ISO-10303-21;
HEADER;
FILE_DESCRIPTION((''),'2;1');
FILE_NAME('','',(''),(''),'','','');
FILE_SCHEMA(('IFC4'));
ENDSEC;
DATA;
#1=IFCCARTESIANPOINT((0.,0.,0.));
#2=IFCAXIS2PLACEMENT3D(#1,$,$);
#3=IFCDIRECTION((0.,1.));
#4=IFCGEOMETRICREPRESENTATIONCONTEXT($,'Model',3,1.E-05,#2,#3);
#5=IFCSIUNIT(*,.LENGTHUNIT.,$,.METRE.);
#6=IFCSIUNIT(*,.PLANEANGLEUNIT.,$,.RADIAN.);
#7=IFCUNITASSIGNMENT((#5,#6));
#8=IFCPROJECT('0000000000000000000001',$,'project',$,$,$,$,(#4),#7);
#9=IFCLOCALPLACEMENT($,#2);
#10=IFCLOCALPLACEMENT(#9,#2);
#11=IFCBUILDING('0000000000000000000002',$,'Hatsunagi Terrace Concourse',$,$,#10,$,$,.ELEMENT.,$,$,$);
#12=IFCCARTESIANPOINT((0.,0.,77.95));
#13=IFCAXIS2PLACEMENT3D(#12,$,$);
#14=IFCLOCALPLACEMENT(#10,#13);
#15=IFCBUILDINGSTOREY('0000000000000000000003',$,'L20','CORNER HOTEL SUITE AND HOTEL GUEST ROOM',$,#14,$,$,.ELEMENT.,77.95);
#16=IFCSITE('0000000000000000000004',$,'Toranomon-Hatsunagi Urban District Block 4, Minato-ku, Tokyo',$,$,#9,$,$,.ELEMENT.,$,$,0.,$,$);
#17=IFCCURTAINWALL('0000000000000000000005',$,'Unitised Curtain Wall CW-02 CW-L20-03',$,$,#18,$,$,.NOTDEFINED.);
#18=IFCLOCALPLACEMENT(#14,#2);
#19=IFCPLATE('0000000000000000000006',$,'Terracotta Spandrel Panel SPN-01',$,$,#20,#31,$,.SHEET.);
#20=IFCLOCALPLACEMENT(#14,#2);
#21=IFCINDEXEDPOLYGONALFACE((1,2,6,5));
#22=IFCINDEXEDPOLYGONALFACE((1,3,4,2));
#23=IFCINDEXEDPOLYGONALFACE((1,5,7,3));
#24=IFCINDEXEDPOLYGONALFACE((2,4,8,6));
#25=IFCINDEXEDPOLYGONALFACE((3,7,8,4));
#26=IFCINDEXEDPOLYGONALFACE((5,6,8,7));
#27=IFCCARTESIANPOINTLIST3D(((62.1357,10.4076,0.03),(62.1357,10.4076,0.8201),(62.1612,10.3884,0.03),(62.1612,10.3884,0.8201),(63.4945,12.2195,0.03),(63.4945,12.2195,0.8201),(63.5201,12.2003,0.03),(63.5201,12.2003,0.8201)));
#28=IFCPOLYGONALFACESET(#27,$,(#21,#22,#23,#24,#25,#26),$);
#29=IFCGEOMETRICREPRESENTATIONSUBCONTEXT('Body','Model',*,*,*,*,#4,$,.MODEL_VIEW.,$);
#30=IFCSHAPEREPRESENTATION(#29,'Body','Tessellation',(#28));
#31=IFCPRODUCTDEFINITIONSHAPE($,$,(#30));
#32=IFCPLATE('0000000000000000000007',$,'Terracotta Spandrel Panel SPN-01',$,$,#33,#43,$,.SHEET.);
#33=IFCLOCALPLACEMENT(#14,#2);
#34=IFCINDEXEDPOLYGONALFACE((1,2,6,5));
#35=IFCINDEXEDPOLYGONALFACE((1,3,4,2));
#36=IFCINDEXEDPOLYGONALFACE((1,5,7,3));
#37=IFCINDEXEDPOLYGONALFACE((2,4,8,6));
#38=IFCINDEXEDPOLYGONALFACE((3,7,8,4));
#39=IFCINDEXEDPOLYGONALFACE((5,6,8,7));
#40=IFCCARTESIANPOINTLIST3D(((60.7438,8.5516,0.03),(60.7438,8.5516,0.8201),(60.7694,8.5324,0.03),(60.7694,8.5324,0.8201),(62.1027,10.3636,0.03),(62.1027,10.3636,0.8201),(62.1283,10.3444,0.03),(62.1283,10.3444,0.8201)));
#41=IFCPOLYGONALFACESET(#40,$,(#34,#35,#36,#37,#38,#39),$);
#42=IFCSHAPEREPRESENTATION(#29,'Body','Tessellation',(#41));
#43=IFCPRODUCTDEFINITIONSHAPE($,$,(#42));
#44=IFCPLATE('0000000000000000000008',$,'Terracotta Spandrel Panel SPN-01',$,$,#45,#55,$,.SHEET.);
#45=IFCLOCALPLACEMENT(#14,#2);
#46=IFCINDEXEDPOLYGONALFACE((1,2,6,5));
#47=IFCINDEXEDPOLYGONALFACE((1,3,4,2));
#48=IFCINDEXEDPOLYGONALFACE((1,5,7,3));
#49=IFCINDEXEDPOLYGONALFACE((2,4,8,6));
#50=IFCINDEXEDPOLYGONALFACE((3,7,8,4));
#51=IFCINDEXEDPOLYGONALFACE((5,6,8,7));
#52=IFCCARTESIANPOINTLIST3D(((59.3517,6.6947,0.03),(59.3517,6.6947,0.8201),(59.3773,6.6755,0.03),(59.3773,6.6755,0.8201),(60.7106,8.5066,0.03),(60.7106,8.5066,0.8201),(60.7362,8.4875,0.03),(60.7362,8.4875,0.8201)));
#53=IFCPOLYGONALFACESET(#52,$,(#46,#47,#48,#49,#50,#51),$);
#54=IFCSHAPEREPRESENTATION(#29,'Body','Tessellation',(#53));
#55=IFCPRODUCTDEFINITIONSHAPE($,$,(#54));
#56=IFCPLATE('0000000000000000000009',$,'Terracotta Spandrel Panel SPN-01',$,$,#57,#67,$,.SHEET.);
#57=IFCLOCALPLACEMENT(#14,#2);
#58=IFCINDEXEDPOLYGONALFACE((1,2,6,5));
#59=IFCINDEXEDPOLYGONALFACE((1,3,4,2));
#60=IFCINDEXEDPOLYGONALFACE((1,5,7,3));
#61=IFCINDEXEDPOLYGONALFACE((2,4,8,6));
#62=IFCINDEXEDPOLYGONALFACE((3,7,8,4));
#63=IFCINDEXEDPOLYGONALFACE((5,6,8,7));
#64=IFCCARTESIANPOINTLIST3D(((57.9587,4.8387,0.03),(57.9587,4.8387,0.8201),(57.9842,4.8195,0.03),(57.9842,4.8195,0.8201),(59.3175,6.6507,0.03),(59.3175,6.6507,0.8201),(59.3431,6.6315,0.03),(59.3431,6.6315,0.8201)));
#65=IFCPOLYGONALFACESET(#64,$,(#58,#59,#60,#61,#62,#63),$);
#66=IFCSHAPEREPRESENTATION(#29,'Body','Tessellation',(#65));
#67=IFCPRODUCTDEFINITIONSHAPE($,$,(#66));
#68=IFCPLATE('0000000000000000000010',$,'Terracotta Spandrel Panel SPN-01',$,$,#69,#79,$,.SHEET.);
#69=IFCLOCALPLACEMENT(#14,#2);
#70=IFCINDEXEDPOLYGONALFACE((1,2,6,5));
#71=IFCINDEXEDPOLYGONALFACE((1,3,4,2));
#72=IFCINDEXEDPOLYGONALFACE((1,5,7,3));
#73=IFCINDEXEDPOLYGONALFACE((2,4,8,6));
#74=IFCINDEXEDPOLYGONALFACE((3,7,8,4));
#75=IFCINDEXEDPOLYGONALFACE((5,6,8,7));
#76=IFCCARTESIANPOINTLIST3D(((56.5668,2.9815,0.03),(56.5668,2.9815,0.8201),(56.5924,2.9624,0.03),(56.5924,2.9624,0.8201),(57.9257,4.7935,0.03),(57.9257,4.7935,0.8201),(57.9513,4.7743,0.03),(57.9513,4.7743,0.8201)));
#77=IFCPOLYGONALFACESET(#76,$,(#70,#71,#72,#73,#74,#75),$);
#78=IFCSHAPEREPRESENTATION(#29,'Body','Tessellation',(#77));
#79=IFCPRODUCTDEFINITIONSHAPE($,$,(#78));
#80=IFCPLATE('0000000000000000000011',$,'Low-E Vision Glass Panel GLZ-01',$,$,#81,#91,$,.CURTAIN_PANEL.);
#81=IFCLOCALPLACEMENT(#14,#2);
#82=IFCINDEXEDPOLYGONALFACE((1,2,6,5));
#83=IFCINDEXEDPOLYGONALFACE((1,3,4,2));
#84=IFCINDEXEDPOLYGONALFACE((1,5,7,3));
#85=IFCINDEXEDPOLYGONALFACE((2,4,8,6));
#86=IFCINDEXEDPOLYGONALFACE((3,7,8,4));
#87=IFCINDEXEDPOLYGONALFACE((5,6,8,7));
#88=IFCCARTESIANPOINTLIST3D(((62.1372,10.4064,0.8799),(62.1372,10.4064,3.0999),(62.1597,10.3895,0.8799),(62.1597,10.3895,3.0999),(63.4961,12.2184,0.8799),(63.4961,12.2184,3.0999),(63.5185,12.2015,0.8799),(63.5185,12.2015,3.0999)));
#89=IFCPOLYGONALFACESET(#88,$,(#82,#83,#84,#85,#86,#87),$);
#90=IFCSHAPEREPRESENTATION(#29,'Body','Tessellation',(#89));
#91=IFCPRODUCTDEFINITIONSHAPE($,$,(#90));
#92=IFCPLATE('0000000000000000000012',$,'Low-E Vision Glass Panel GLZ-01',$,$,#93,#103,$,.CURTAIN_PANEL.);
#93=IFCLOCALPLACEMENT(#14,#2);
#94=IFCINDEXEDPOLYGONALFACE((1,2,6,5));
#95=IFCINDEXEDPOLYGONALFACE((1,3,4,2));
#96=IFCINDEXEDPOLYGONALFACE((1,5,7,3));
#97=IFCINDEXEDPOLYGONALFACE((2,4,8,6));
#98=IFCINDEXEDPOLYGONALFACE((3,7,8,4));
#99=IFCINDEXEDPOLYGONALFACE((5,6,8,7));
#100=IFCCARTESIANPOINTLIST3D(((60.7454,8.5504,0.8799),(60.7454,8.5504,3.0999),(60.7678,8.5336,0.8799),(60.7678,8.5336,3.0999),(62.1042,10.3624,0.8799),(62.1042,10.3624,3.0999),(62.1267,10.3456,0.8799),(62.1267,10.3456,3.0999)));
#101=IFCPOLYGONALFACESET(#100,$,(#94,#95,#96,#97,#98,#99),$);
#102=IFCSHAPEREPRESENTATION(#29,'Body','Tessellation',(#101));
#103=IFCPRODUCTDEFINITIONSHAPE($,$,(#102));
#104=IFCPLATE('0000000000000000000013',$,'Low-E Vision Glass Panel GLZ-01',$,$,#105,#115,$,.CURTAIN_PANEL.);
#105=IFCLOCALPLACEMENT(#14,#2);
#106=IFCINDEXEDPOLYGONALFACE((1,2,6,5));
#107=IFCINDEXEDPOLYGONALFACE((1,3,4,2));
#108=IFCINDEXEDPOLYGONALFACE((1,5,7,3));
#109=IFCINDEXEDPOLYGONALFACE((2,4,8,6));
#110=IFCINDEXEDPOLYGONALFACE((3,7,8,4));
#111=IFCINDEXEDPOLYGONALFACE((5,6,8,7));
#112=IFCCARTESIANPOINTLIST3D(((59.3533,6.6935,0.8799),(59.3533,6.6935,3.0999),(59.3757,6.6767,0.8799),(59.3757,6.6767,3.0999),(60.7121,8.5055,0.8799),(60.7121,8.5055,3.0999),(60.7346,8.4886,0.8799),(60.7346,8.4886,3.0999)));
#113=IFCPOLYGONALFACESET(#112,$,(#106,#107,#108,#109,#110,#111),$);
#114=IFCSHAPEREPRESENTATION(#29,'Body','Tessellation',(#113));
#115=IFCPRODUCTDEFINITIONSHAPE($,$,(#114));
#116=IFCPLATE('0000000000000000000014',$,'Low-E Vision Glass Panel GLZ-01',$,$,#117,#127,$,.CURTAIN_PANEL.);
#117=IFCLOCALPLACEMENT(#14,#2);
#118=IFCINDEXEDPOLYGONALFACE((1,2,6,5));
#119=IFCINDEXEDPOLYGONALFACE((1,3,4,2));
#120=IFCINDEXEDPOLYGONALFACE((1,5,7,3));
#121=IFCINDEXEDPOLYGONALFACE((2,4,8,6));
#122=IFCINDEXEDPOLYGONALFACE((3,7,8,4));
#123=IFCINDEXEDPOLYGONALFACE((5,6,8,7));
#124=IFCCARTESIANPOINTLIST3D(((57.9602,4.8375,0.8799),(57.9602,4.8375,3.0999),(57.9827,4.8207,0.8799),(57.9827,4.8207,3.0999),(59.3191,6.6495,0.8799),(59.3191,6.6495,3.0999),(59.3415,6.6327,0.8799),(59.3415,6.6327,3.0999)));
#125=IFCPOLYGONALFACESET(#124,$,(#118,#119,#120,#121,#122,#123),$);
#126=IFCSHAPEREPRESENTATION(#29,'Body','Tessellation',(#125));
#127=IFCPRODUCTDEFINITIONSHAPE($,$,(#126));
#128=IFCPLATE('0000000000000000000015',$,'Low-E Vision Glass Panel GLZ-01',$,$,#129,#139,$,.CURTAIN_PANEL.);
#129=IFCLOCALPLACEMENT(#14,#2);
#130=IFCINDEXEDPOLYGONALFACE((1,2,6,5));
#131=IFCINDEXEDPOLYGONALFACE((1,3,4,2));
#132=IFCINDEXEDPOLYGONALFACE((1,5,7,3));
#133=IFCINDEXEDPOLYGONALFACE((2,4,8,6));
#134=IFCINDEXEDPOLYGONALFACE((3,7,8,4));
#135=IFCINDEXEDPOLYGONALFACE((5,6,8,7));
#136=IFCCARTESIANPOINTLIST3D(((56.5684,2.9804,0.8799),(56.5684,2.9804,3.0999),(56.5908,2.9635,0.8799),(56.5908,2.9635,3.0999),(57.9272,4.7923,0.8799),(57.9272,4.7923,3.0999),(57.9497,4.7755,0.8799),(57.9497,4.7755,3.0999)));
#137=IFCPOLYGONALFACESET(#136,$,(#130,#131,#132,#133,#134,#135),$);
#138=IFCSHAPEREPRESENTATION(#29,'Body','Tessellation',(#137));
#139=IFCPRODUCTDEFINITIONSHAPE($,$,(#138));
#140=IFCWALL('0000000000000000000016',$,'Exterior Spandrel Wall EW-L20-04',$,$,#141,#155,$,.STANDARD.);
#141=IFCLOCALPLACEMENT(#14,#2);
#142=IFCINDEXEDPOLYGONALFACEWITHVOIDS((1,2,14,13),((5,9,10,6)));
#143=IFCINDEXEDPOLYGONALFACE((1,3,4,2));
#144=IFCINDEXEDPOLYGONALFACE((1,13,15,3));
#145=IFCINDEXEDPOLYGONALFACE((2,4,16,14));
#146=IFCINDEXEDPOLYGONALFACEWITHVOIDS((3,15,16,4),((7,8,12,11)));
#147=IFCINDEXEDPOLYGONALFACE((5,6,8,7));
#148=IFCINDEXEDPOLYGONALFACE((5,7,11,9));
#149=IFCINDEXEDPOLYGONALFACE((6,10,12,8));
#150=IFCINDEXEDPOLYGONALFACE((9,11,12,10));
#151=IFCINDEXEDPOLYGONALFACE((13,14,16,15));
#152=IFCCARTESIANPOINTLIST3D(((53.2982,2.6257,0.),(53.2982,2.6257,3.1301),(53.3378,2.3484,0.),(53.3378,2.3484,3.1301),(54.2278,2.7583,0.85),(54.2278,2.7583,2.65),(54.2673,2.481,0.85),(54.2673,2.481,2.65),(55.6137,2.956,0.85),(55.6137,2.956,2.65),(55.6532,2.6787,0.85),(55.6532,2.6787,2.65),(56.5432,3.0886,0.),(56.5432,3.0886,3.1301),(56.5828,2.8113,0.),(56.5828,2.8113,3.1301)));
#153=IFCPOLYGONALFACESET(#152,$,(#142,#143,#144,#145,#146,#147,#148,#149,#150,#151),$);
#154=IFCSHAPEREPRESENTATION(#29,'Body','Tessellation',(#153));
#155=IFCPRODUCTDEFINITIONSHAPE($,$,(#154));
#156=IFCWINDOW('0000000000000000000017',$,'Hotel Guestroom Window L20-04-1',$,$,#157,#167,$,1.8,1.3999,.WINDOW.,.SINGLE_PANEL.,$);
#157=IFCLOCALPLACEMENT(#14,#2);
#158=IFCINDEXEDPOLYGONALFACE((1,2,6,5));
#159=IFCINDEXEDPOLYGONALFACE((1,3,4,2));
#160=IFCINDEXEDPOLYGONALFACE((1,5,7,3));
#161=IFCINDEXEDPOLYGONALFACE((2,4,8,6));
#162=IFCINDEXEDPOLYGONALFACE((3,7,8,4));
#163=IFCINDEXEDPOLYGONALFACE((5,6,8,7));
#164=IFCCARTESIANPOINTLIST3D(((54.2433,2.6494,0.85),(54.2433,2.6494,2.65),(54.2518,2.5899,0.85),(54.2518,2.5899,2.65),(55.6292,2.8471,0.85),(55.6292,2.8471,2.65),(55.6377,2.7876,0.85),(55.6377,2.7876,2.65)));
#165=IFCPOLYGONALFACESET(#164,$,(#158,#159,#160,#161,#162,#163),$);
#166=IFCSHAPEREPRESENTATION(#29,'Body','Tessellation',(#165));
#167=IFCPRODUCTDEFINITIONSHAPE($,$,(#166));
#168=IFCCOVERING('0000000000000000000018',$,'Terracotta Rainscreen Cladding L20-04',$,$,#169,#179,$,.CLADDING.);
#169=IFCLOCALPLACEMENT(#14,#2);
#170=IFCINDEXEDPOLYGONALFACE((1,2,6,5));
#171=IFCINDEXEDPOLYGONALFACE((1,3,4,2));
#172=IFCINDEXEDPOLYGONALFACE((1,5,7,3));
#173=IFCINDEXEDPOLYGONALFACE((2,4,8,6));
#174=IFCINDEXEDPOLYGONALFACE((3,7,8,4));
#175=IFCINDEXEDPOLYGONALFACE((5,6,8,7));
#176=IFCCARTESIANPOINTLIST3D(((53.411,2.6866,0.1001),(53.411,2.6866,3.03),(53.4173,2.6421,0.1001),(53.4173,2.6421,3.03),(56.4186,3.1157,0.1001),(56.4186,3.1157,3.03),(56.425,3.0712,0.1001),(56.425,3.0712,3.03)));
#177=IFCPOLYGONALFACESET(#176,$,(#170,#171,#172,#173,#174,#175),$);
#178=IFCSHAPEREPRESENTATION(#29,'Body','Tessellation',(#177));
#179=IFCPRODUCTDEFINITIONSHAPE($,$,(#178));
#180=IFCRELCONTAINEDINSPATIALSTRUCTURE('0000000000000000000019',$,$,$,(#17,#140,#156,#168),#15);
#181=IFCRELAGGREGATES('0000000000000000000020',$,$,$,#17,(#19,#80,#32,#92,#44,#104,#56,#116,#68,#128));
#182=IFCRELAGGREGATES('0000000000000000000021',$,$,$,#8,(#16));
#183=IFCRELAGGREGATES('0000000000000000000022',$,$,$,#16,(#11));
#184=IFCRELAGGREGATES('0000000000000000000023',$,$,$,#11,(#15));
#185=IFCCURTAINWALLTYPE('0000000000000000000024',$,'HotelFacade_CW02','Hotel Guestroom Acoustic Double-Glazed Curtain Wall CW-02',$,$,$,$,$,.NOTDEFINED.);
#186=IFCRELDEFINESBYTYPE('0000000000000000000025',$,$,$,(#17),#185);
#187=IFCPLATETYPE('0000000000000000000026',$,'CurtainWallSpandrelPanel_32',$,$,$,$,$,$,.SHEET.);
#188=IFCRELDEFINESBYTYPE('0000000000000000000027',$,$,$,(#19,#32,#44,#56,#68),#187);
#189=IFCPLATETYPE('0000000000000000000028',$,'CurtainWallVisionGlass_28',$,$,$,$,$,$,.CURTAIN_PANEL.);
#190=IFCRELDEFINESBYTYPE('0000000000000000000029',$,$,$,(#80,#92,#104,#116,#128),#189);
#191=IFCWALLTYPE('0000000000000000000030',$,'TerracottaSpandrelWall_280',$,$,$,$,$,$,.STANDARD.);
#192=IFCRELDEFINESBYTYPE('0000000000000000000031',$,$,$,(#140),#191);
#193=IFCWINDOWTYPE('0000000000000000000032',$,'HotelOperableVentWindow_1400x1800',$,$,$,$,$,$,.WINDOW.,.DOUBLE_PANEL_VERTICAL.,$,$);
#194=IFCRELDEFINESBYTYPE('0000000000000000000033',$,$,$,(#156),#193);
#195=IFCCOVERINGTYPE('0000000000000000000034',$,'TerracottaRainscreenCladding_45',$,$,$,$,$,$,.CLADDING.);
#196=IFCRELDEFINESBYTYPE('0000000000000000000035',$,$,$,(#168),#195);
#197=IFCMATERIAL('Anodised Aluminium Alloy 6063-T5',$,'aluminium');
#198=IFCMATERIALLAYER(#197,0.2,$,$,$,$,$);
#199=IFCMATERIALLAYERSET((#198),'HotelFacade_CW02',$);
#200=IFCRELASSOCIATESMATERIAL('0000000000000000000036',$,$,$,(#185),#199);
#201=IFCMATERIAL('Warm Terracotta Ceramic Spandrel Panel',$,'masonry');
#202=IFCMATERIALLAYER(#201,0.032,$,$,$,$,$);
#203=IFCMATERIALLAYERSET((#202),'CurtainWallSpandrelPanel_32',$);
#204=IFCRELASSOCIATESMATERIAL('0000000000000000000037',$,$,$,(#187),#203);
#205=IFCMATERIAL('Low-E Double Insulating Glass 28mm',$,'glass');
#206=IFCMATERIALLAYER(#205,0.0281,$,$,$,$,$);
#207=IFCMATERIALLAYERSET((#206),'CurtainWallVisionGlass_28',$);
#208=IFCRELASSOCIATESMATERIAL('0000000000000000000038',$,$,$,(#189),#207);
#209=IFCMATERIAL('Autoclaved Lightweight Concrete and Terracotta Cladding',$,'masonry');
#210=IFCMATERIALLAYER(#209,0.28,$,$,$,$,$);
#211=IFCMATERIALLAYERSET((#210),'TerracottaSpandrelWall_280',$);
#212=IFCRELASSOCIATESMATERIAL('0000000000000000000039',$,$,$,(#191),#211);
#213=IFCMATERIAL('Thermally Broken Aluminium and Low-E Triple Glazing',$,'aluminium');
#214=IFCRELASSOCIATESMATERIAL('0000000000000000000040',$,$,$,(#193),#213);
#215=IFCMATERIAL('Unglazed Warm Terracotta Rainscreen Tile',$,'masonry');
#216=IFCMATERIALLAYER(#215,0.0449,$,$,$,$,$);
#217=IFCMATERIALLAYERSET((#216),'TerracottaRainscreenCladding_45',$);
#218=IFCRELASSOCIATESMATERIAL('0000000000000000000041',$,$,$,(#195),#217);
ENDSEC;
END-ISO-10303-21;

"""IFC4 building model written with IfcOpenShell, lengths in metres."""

from ifc_helpers import new_model, si_unit, direction, frame, frame_2d, origin, origin_2d, place, context, subcontext, project, spatial, rectangle, extrude, material, layer, layer_set, type_object, element, fill, aggregate, save


model = new_model("IFC4")

# Units and contexts
model_context = context("Model", 3, precision=1e-05, world=origin(), true_north=direction((0.0, 1.0)))
body_context = subcontext(model_context, "Body", "Model", "MODEL_VIEW")
ifc_project = project(units=[si_unit("LENGTHUNIT", "METRE"), si_unit("PLANEANGLEUNIT", "RADIAN")], contexts=[model_context])

# Site, building, storey
site_placement = place(None, origin())
site = spatial("IfcSite", under=ifc_project, at=site_placement, Name="Toranomon-Hatsunagi Urban District Block 4, Minato-ku, Tokyo", CompositionType="ELEMENT", RefElevation=0.0)
building_placement = place(site_placement, origin())
building = spatial("IfcBuilding", under=site, at=building_placement, Name="Hatsunagi Terrace Concourse", CompositionType="ELEMENT")
storey_placement = place(building_placement, frame((0.0, 0.0, 77.95)))
storey = spatial("IfcBuildingStorey", under=building, at=storey_placement, Name="L20", Description="CORNER HOTEL SUITE AND HOTEL GUEST ROOM", CompositionType="ELEMENT", Elevation=77.95)

# Curtain wall
ifc_material_1 = material(Name="Anodised Aluminium Alloy 6063-T5", Category="aluminium")
ifc_layer_1 = layer(ifc_material_1, 0.2)
ifc_layer_set_1 = layer_set([ifc_layer_1], Name="HotelFacade_CW02")
curtain_wall_type = type_object("IfcCurtainWallType", Name="HotelFacade_CW02", Description="Hotel Guestroom Acoustic Double-Glazed Curtain Wall CW-02", PredefinedType="NOTDEFINED", material=ifc_layer_set_1)
curtain_wall_placement = place(storey_placement, origin())
curtain_wall = element("IfcCurtainWall", 1, at=curtain_wall_placement, inside=storey, type_object=curtain_wall_type, Name="Unitised Curtain Wall CW-02 CW-L20-03", PredefinedType="NOTDEFINED")

# Plates
ifc_material_2 = material(Name="Warm Terracotta Ceramic Spandrel Panel", Category="masonry")
ifc_layer_2 = layer(ifc_material_2, 0.032)
ifc_layer_set_2 = layer_set([ifc_layer_2], Name="CurtainWallSpandrelPanel_32")
plate_type_1 = type_object("IfcPlateType", Name="CurtainWallSpandrelPanel_32", PredefinedType="SHEET", material=ifc_layer_set_2)
plate_1_placement = place(storey_placement, frame((62.8279, 11.304, 0.03), z_axis=(0.0, 0.0, 1.0), x_axis=(-0.599969, -0.800023, 0.0)))
plate_1 = element("IfcPlate", 2, at=plate_1_placement, type_object=plate_type_1, Name="Terracotta Spandrel Panel SPN-01", PredefinedType="SHEET", context=body_context, shape_type="SweptSolid", body=[
    extrude(rectangle(XDim=2.2649, YDim=0.032, at=origin_2d()), origin(), (0.0, 0.0, 1.0), 0.79),
])
plate_2_placement = place(storey_placement, frame((61.436, 9.448, 0.03), z_axis=(0.0, 0.0, 1.0), x_axis=(-0.599969, -0.800023, 0.0)))
plate_2 = element("IfcPlate", 3, at=plate_2_placement, type_object=plate_type_1, Name="Terracotta Spandrel Panel SPN-01", PredefinedType="SHEET", context=body_context, shape_type="SweptSolid", body=[
    extrude(rectangle(XDim=2.2649, YDim=0.032, at=origin_2d()), origin(), (0.0, 0.0, 1.0), 0.79),
])
plate_3_placement = place(storey_placement, frame((60.0439, 7.5911, 0.03), z_axis=(0.0, 0.0, 1.0), x_axis=(-0.599969, -0.800023, 0.0)))
plate_3 = element("IfcPlate", 4, at=plate_3_placement, type_object=plate_type_1, Name="Terracotta Spandrel Panel SPN-01", PredefinedType="SHEET", context=body_context, shape_type="SweptSolid", body=[
    extrude(rectangle(XDim=2.2649, YDim=0.032, at=origin_2d()), origin(), (0.0, 0.0, 1.0), 0.79),
])
plate_4_placement = place(storey_placement, frame((58.6509, 5.7351, 0.03), z_axis=(0.0, 0.0, 1.0), x_axis=(-0.599969, -0.800023, 0.0)))
plate_4 = element("IfcPlate", 5, at=plate_4_placement, type_object=plate_type_1, Name="Terracotta Spandrel Panel SPN-01", PredefinedType="SHEET", context=body_context, shape_type="SweptSolid", body=[
    extrude(rectangle(XDim=2.2649, YDim=0.032, at=origin_2d()), origin(), (0.0, 0.0, 1.0), 0.79),
])
plate_5_placement = place(storey_placement, frame((57.259, 3.8779, 0.03), z_axis=(0.0, 0.0, 1.0), x_axis=(-0.599969, -0.800023, 0.0)))
plate_5 = element("IfcPlate", 6, at=plate_5_placement, type_object=plate_type_1, Name="Terracotta Spandrel Panel SPN-01", PredefinedType="SHEET", context=body_context, shape_type="SweptSolid", body=[
    extrude(rectangle(XDim=2.2649, YDim=0.032, at=origin_2d()), origin(), (0.0, 0.0, 1.0), 0.79),
])
ifc_material_3 = material(Name="Low-E Double Insulating Glass 28mm", Category="glass")
ifc_layer_3 = layer(ifc_material_3, 0.0281)
ifc_layer_set_3 = layer_set([ifc_layer_3], Name="CurtainWallVisionGlass_28")
plate_type_2 = type_object("IfcPlateType", Name="CurtainWallVisionGlass_28", PredefinedType="CURTAIN_PANEL", material=ifc_layer_set_3)
plate_6_placement = place(storey_placement, frame((62.8279, 11.304, 0.8799), z_axis=(0.0, 0.0, 1.0), x_axis=(-0.599969, -0.800023, 0.0)))
plate_6 = element("IfcPlate", 7, at=plate_6_placement, type_object=plate_type_2, Name="Low-E Vision Glass Panel GLZ-01", PredefinedType="CURTAIN_PANEL", context=body_context, shape_type="SweptSolid", body=[
    extrude(rectangle(XDim=2.2649, YDim=0.0281, at=origin_2d()), origin(), (0.0, 0.0, 1.0), 2.22),
])
plate_7_placement = place(storey_placement, frame((61.436, 9.448, 0.8799), z_axis=(0.0, 0.0, 1.0), x_axis=(-0.599969, -0.800023, 0.0)))
plate_7 = element("IfcPlate", 8, at=plate_7_placement, type_object=plate_type_2, Name="Low-E Vision Glass Panel GLZ-01", PredefinedType="CURTAIN_PANEL", context=body_context, shape_type="SweptSolid", body=[
    extrude(rectangle(XDim=2.2649, YDim=0.0281, at=origin_2d()), origin(), (0.0, 0.0, 1.0), 2.22),
])
plate_8_placement = place(storey_placement, frame((60.0439, 7.5911, 0.8799), z_axis=(0.0, 0.0, 1.0), x_axis=(-0.599969, -0.800023, 0.0)))
plate_8 = element("IfcPlate", 9, at=plate_8_placement, type_object=plate_type_2, Name="Low-E Vision Glass Panel GLZ-01", PredefinedType="CURTAIN_PANEL", context=body_context, shape_type="SweptSolid", body=[
    extrude(rectangle(XDim=2.2649, YDim=0.0281, at=origin_2d()), origin(), (0.0, 0.0, 1.0), 2.22),
])
plate_9_placement = place(storey_placement, frame((58.6509, 5.7351, 0.8799), z_axis=(0.0, 0.0, 1.0), x_axis=(-0.599969, -0.800023, 0.0)))
plate_9 = element("IfcPlate", 10, at=plate_9_placement, type_object=plate_type_2, Name="Low-E Vision Glass Panel GLZ-01", PredefinedType="CURTAIN_PANEL", context=body_context, shape_type="SweptSolid", body=[
    extrude(rectangle(XDim=2.2649, YDim=0.0281, at=origin_2d()), origin(), (0.0, 0.0, 1.0), 2.22),
])
plate_10_placement = place(storey_placement, frame((57.259, 3.8779, 0.8799), z_axis=(0.0, 0.0, 1.0), x_axis=(-0.599969, -0.800023, 0.0)))
plate_10 = element("IfcPlate", 11, at=plate_10_placement, type_object=plate_type_2, Name="Low-E Vision Glass Panel GLZ-01", PredefinedType="CURTAIN_PANEL", context=body_context, shape_type="SweptSolid", body=[
    extrude(rectangle(XDim=2.2649, YDim=0.0281, at=origin_2d()), origin(), (0.0, 0.0, 1.0), 2.22),
])
aggregate(curtain_wall, [plate_1, plate_6, plate_2, plate_7, plate_3, plate_8, plate_4, plate_9, plate_5, plate_10])

# Wall, opening, window
ifc_material_4 = material(Name="Autoclaved Lightweight Concrete and Terracotta Cladding", Category="masonry")
ifc_layer_4 = layer(ifc_material_4, 0.28)
ifc_layer_set_4 = layer_set([ifc_layer_4], Name="TerracottaSpandrelWall_280")
wall_type = type_object("IfcWallType", Name="TerracottaSpandrelWall_280", PredefinedType="STANDARD", material=ifc_layer_set_4)
wall_placement = place(storey_placement, frame((56.563, 2.95, 0.0), z_axis=(0.0, 0.0, 1.0), x_axis=(-0.989978, -0.141223, 0.0)))
wall = element("IfcWall", 12, at=wall_placement, inside=storey, type_object=wall_type, Name="Exterior Spandrel Wall EW-L20-04", PredefinedType="STANDARD", context=body_context, shape_type="SweptSolid", body=[
    extrude(rectangle(XDim=3.2778, YDim=0.28, at=frame_2d((1.6389, 0.0))), origin(), (0.0, 0.0, 1.0), 3.1301),
])
opening_placement = place(wall_placement, frame((0.939, 0.0, 0.8501)))
opening = element("IfcOpeningElement", 13, at=opening_placement, cuts=wall, PredefinedType="OPENING", context=body_context, shape_type="SweptSolid", body=[
    extrude(rectangle(XDim=1.3999, YDim=1.8, at=frame_2d((0.7, 0.8999))), frame((0.0, 0.1499, 0.0), z_axis=(0.0, -1.0, 0.0), x_axis=(1.0, 0.0, 0.0)), (0.0, 0.0, 1.0), 0.3),
])
ifc_material_5 = material(Name="Thermally Broken Aluminium and Low-E Triple Glazing", Category="aluminium")
window_type = type_object("IfcWindowType", Name="HotelOperableVentWindow_1400x1800", PartitioningType="DOUBLE_PANEL_VERTICAL", PredefinedType="WINDOW", material=ifc_material_5)
window_placement = place(opening_placement, origin())
window = element("IfcWindow", 14, at=window_placement, inside=storey, type_object=window_type, Name="Hotel Guestroom Window L20-04-1", OverallHeight=1.8, OverallWidth=1.3999, PartitioningType="SINGLE_PANEL", PredefinedType="WINDOW", context=body_context, shape_type="SweptSolid", body=[
    extrude(rectangle(XDim=1.3999, YDim=1.8, at=frame_2d((0.7, 0.8999))), frame((0.0, 0.03, 0.0), z_axis=(0.0, -1.0, 0.0), x_axis=(1.0, 0.0, 0.0)), (0.0, 0.0, 1.0), 0.0601),
])
fill(opening, window)

# Covering
ifc_material_6 = material(Name="Unglazed Warm Terracotta Rainscreen Tile", Category="masonry")
ifc_layer_5 = layer(ifc_material_6, 0.0449)
ifc_layer_set_5 = layer_set([ifc_layer_5], Name="TerracottaRainscreenCladding_45")
covering_type = type_object("IfcCoveringType", Name="TerracottaRainscreenCladding_45", PredefinedType="CLADDING", material=ifc_layer_set_5)
covering_placement = place(storey_placement, frame((54.918, 2.8789, 0.1001), z_axis=(0.0, 0.0, 1.0), x_axis=(-0.989974, -0.14125, 0.0)))
element("IfcCovering", 15, at=covering_placement, inside=storey, type_object=covering_type, Name="Terracotta Rainscreen Cladding L20-04", PredefinedType="CLADDING", context=body_context, shape_type="SweptSolid", body=[
    extrude(rectangle(XDim=3.0381, YDim=0.0449, at=origin_2d()), origin(), (0.0, 0.0, 1.0), 2.9299),
])

save(model, "model.ifc")
